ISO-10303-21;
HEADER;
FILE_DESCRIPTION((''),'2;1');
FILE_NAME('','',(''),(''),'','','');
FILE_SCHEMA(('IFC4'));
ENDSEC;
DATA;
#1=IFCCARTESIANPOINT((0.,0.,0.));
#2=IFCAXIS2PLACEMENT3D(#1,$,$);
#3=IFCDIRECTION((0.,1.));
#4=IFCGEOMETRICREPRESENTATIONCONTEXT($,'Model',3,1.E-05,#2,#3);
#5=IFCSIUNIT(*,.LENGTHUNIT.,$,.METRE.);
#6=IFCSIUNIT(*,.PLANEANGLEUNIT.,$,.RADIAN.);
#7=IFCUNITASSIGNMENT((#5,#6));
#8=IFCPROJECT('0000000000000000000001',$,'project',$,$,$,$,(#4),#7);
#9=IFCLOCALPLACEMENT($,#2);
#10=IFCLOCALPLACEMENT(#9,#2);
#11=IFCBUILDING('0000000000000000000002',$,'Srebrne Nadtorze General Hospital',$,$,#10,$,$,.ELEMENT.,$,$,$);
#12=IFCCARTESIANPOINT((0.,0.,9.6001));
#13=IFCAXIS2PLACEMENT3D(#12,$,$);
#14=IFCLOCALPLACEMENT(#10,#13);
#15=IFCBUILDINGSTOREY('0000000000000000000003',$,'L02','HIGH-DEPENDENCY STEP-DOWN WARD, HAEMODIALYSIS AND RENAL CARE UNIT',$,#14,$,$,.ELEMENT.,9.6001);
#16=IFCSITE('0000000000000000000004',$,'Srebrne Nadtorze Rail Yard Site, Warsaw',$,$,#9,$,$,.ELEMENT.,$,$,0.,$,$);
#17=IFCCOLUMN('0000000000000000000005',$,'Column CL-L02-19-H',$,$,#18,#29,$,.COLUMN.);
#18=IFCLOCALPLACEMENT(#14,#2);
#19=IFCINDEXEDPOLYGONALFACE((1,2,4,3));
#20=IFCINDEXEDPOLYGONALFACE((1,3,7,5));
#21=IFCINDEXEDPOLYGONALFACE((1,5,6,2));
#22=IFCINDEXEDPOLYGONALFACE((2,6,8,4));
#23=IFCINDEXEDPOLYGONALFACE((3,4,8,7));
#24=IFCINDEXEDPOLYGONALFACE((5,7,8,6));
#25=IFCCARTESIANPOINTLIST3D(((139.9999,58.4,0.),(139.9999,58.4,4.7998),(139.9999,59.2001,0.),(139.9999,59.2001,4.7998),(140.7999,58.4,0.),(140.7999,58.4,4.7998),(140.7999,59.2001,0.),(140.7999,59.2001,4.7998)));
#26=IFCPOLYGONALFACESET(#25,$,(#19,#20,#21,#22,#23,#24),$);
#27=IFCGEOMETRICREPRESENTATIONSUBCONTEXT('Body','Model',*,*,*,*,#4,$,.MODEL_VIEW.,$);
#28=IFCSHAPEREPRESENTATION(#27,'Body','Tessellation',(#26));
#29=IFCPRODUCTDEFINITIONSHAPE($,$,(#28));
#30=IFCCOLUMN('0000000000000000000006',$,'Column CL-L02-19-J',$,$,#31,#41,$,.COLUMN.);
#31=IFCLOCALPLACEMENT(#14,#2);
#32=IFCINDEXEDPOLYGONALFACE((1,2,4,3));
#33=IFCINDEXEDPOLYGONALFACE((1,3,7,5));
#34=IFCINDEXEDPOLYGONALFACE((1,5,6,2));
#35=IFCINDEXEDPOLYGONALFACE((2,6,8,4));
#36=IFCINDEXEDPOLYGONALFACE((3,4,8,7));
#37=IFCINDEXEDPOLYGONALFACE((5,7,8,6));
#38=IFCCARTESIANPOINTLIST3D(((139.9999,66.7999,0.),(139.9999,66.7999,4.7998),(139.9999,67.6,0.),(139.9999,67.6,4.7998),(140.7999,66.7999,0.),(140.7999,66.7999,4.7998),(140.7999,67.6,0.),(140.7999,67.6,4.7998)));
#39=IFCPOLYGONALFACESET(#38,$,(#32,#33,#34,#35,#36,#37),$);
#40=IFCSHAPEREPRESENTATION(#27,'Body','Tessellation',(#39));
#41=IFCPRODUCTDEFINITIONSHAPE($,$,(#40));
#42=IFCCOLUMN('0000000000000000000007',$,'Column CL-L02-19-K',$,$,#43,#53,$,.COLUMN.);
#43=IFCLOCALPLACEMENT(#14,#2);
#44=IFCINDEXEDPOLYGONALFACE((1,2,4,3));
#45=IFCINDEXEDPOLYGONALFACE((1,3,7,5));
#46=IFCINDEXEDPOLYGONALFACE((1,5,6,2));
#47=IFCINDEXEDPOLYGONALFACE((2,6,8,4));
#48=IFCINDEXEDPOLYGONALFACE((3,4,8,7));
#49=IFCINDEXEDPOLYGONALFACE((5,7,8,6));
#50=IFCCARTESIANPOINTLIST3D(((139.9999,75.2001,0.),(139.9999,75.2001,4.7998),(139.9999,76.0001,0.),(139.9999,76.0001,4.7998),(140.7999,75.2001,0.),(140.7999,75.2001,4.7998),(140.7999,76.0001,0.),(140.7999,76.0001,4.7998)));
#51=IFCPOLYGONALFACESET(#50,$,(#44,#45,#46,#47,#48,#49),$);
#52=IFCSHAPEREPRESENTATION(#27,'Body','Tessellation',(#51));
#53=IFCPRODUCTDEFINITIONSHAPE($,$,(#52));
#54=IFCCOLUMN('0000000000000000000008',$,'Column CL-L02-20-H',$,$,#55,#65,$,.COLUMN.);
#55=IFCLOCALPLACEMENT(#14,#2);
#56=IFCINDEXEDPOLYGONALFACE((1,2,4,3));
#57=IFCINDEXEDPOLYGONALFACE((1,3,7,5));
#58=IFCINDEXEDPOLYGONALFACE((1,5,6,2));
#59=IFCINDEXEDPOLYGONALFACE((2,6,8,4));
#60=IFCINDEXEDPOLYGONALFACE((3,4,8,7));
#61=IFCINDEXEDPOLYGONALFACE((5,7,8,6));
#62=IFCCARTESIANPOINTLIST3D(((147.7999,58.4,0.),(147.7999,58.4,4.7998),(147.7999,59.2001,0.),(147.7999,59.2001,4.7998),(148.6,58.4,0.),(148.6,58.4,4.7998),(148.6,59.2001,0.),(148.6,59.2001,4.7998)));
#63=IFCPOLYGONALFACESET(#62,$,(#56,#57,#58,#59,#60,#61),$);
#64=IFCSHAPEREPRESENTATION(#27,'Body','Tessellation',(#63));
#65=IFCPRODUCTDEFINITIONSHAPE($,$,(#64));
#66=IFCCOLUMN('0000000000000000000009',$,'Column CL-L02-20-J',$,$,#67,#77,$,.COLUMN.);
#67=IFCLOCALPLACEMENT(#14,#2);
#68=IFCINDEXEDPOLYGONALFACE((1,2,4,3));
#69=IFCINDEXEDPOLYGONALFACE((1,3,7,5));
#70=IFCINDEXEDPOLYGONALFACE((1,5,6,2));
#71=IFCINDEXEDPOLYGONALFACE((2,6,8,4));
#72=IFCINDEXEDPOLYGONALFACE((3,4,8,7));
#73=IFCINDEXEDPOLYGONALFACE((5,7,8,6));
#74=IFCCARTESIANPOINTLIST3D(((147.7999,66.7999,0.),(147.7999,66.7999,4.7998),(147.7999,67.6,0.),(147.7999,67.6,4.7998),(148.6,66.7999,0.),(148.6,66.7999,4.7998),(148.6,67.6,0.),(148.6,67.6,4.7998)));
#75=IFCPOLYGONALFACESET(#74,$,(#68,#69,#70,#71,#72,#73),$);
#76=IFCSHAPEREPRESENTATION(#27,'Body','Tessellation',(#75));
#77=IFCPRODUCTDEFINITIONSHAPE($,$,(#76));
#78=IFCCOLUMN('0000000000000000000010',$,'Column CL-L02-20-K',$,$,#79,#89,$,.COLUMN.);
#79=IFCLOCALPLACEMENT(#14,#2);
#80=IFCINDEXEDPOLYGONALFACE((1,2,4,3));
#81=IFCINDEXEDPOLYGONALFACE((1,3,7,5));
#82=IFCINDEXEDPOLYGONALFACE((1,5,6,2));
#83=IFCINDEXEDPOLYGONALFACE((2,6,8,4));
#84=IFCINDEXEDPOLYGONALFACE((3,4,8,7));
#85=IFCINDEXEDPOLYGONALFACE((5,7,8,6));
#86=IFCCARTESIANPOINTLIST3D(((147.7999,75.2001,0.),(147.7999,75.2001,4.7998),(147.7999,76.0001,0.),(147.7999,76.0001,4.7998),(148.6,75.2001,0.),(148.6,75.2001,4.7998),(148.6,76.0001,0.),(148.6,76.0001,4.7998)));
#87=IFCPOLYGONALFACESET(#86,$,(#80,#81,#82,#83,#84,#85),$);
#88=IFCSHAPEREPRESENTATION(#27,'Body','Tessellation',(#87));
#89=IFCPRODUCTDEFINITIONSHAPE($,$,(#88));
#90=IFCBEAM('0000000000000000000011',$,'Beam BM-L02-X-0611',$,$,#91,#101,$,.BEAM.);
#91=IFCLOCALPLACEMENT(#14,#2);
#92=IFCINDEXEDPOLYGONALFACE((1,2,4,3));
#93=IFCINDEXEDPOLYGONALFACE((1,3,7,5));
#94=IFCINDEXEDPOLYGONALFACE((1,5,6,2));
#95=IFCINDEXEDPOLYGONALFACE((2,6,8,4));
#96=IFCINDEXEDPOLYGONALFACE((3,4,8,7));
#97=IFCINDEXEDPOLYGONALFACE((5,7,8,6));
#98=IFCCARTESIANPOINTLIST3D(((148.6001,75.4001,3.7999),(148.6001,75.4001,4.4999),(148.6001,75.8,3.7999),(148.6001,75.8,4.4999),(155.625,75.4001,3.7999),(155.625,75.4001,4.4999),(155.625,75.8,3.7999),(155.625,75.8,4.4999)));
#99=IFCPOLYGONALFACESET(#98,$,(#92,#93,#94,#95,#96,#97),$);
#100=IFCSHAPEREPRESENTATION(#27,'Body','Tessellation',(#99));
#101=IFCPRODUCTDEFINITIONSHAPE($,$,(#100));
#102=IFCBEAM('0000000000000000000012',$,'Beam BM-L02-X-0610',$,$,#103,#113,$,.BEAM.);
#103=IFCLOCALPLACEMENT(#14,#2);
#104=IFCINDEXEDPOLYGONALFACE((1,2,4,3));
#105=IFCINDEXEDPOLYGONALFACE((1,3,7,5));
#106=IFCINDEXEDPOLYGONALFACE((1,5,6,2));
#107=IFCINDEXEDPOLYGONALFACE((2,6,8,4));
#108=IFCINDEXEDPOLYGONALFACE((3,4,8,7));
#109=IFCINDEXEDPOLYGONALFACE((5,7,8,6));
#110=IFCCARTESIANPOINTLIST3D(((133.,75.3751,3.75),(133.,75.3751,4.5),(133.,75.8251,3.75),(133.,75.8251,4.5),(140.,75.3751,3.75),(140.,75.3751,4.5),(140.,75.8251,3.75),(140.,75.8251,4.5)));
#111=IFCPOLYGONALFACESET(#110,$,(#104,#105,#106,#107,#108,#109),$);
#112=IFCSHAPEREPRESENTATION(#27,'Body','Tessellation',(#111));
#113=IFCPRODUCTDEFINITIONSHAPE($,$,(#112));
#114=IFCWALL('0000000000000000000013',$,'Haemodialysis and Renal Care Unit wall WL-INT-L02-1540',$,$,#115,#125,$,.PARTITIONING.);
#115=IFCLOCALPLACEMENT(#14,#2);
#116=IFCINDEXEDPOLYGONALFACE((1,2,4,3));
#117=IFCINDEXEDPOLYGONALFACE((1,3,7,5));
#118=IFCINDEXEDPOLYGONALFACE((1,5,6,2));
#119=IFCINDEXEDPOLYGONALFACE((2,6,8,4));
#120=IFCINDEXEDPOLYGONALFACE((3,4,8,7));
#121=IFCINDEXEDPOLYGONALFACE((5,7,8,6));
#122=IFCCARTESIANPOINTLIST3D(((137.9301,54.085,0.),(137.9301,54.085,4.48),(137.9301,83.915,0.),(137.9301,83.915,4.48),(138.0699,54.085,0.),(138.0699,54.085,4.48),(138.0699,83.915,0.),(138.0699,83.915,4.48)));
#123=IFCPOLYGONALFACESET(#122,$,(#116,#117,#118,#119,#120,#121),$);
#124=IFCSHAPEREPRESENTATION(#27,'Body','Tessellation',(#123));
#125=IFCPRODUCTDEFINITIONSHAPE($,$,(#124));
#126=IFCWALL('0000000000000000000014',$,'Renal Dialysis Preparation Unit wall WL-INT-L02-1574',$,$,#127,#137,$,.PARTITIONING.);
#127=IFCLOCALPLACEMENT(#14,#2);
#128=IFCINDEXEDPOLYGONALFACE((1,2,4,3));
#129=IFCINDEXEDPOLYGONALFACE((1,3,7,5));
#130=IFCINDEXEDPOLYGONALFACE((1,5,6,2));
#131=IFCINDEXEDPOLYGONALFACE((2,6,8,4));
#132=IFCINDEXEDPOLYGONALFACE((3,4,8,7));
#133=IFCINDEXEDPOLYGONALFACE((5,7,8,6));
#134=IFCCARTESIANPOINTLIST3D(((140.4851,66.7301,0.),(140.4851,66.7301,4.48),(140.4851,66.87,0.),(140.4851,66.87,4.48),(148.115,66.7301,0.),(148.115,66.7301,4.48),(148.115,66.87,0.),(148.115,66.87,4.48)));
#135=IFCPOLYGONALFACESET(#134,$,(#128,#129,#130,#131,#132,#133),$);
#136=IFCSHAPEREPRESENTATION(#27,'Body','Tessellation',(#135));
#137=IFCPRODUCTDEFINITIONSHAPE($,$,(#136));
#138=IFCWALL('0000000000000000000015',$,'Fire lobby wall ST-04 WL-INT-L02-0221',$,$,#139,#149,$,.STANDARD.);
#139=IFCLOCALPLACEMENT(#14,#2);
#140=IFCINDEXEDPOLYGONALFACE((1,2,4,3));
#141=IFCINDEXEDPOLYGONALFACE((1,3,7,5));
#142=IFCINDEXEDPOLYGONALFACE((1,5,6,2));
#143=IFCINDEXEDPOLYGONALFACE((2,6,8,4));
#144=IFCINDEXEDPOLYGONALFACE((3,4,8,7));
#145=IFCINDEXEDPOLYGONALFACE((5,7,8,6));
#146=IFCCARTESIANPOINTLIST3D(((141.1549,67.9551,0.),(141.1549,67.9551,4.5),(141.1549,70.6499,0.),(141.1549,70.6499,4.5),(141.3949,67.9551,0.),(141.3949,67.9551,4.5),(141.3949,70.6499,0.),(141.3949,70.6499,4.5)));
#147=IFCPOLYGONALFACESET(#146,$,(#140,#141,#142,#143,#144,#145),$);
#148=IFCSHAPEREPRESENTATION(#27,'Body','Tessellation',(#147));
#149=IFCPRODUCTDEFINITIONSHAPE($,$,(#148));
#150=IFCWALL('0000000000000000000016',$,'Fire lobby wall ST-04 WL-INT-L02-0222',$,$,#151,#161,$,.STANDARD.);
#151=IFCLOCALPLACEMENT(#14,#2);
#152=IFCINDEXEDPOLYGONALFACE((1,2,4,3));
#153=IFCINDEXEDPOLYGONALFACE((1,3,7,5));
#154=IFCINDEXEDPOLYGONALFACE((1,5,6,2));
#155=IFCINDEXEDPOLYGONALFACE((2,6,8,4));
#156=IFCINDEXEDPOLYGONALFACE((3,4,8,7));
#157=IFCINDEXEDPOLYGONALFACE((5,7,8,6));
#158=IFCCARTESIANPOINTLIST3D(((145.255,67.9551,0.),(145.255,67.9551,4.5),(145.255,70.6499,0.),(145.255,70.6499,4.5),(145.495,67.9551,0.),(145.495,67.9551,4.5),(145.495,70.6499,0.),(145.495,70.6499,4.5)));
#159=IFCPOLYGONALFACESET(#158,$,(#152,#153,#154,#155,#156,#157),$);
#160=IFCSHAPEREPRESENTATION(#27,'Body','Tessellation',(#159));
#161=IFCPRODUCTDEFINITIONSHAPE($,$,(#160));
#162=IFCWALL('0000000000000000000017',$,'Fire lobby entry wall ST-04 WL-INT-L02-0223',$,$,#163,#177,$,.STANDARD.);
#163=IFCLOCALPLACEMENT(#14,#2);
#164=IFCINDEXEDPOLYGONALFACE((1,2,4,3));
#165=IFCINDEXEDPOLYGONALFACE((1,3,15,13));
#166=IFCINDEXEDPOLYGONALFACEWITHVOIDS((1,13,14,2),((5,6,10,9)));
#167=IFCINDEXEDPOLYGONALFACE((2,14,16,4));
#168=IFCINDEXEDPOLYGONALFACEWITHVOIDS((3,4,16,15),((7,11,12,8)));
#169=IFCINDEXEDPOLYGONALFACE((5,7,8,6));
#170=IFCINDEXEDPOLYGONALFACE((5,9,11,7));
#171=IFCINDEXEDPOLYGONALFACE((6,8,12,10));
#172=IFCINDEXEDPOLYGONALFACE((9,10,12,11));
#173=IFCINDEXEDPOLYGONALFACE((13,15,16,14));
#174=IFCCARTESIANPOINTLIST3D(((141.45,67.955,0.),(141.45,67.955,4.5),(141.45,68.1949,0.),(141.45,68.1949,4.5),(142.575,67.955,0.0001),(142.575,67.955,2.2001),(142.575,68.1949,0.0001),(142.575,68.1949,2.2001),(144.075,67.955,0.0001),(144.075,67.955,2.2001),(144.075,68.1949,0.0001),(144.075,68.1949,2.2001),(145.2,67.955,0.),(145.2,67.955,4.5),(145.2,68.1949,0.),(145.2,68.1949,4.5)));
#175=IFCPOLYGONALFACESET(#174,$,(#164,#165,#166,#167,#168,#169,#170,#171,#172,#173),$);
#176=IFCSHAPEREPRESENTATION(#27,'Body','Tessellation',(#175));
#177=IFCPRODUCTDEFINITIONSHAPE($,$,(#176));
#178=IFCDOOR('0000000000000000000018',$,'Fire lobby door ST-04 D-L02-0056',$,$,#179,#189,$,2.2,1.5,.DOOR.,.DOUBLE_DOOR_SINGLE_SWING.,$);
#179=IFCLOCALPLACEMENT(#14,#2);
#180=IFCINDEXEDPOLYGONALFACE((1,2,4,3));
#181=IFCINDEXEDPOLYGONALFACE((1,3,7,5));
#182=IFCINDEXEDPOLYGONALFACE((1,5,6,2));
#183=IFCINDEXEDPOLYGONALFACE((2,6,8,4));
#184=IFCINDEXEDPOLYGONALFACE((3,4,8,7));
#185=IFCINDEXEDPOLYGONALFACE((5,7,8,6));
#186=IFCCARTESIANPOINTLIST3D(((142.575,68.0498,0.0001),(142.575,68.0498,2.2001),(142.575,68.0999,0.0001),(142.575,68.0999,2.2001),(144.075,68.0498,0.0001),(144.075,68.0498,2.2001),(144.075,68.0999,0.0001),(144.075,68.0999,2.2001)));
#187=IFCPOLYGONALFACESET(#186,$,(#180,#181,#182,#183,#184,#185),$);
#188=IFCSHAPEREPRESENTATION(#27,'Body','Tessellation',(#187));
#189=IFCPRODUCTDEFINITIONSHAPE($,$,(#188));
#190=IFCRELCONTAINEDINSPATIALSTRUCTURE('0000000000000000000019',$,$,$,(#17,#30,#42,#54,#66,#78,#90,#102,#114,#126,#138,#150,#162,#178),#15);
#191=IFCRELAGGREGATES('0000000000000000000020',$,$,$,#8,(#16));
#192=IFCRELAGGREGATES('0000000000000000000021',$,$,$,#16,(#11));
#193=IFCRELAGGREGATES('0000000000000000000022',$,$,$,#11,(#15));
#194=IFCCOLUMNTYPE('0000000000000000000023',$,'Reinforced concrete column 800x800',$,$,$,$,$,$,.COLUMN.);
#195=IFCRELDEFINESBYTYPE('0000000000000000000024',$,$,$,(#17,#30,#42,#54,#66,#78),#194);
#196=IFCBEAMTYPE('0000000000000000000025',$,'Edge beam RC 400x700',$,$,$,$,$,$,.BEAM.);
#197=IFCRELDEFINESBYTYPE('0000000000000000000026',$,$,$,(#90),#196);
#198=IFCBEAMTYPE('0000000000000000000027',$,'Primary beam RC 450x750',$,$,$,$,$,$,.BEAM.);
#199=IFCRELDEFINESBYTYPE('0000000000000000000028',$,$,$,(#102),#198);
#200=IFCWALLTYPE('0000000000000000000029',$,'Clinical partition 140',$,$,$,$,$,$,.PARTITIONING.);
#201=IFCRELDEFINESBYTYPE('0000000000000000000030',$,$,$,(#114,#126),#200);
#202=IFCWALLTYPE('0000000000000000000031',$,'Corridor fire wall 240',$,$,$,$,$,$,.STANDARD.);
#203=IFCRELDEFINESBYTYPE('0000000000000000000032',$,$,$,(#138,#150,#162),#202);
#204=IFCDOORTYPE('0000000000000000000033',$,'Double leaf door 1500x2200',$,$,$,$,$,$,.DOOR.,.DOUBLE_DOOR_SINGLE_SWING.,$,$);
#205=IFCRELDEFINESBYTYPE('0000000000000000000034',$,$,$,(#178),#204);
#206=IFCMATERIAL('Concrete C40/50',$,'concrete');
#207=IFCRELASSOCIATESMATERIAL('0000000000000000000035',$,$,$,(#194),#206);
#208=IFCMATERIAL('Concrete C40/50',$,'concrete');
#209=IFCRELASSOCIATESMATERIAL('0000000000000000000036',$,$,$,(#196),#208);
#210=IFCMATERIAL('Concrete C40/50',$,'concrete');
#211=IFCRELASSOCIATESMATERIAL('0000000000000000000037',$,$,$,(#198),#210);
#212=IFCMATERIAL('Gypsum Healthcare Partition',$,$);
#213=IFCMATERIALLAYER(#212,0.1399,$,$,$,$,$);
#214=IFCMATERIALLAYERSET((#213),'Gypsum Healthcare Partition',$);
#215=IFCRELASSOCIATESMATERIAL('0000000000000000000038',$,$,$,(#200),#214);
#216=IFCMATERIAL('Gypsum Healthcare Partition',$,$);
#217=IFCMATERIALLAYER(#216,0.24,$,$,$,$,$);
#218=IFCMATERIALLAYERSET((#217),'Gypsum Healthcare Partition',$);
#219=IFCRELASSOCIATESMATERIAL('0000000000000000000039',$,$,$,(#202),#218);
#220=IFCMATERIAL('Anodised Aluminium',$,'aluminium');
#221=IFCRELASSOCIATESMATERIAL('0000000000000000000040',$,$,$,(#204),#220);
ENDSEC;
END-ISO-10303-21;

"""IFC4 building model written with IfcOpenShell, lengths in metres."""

from ifc_helpers import new_model, si_unit, direction, frame, frame_2d, origin, origin_2d, place, context, subcontext, project, spatial, rectangle, extrude, material, layer, layer_set, material_profile, profile_set, type_object, element, fill, save


model = new_model("IFC4")

# Units and contexts
model_context = context("Model", 3, precision=1e-05, world=origin(), true_north=direction((0.0, 1.0)))
body_context = subcontext(model_context, "Body", "Model", "MODEL_VIEW")
ifc_project = project(units=[si_unit("LENGTHUNIT", "METRE"), si_unit("PLANEANGLEUNIT", "RADIAN")], contexts=[model_context])

# Site, building, storey
site_placement = place(None, origin())
site = spatial("IfcSite", under=ifc_project, at=site_placement, Name="Srebrne Nadtorze Rail Yard Site, Warsaw", CompositionType="ELEMENT", RefElevation=0.0)
building_placement = place(site_placement, origin())
building = spatial("IfcBuilding", under=site, at=building_placement, Name="Srebrne Nadtorze General Hospital", CompositionType="ELEMENT")
storey_placement = place(building_placement, frame((0.0, 0.0, 9.6001)))
storey = spatial("IfcBuildingStorey", under=building, at=storey_placement, Name="L02", Description="HIGH-DEPENDENCY STEP-DOWN WARD, HAEMODIALYSIS AND RENAL CARE UNIT", CompositionType="ELEMENT", Elevation=9.6001)

# Columns
ifc_material_1 = material(Name="Concrete C40/50", Category="concrete")
ifc_material_profile_1 = material_profile(ifc_material_1, rectangle(XDim=0.8, YDim=0.8, at=origin_2d()), Name="RC-COL-800x800")
ifc_profile_set_1 = profile_set([ifc_material_profile_1], Name="Concrete C40/50")
column_type = type_object("IfcColumnType", Name="Reinforced concrete column 800x800", PredefinedType="COLUMN", material=ifc_profile_set_1)
for number, where, z_axis, x_axis, name in (
    (1, (140.3999, 58.8, 0.0), (0.0, 0.0, 1.0), (1.0, 0.0, 0.0), "Column CL-L02-19-H"),
    (2, (140.3999, 67.2, 0.0), (0.0, 0.0, 1.0), (1.0, 0.0, 0.0), "Column CL-L02-19-J"),
    (3, (140.3999, 75.6001, 0.0), (0.0, 0.0, 1.0), (1.0, 0.0, 0.0), "Column CL-L02-19-K"),
    (4, (148.2, 58.8, 0.0), (0.0, 0.0, 1.0), (1.0, 0.0, 0.0), "Column CL-L02-20-H"),
    (5, (148.2, 67.2, 0.0), (0.0, 0.0, 1.0), (1.0, 0.0, 0.0), "Column CL-L02-20-J"),
    (6, (148.2, 75.6001, 0.0), (0.0, 0.0, 1.0), (1.0, 0.0, 0.0), "Column CL-L02-20-K"),
):
    element("IfcColumn", number, at=place(storey_placement, frame(where, z_axis=z_axis, x_axis=x_axis)), inside=storey, type_object=column_type, Name=name, PredefinedType="COLUMN", context=body_context, shape_type="SweptSolid", body=[
        extrude(rectangle(XDim=0.8, YDim=0.8, at=origin_2d()), origin(), (0.0, 0.0, 1.0), 4.7998),
    ])

# Beams
ifc_material_2 = material(Name="Concrete C40/50", Category="concrete")
ifc_material_profile_2 = material_profile(ifc_material_2, rectangle(XDim=0.3999, YDim=0.7, at=origin_2d()), Name="RC-BM-400x700")
ifc_profile_set_2 = profile_set([ifc_material_profile_2], Name="Concrete C40/50")
beam_type_1 = type_object("IfcBeamType", Name="Edge beam RC 400x700", PredefinedType="BEAM", material=ifc_profile_set_2)
beam_1_placement = place(storey_placement, frame((148.6001, 75.6001, 4.1499), z_axis=(1.0, 0.0, 0.0), x_axis=(0.0, 1.0, 0.0)))
element("IfcBeam", 7, at=beam_1_placement, inside=storey, type_object=beam_type_1, Name="Beam BM-L02-X-0611", PredefinedType="BEAM", context=body_context, shape_type="SweptSolid", body=[
    extrude(rectangle(XDim=0.3999, YDim=0.7, at=origin_2d()), origin(), (0.0, 0.0, 1.0), 7.0249),
])
ifc_material_3 = material(Name="Concrete C40/50", Category="concrete")
ifc_material_profile_3 = material_profile(ifc_material_3, rectangle(XDim=0.45, YDim=0.75, at=origin_2d()), Name="RC-BM-450x750")
ifc_profile_set_3 = profile_set([ifc_material_profile_3], Name="Concrete C40/50")
beam_type_2 = type_object("IfcBeamType", Name="Primary beam RC 450x750", PredefinedType="BEAM", material=ifc_profile_set_3)
beam_2_placement = place(storey_placement, frame((133.0, 75.6001, 4.125), z_axis=(1.0, 0.0, 0.0), x_axis=(0.0, 1.0, 0.0)))
element("IfcBeam", 8, at=beam_2_placement, inside=storey, type_object=beam_type_2, Name="Beam BM-L02-X-0610", PredefinedType="BEAM", context=body_context, shape_type="SweptSolid", body=[
    extrude(rectangle(XDim=0.45, YDim=0.75, at=origin_2d()), origin(), (0.0, 0.0, 1.0), 7.0),
])

# Walls
ifc_material_4 = material(Name="Gypsum Healthcare Partition")
ifc_layer_1 = layer(ifc_material_4, 0.1399)
ifc_layer_set_1 = layer_set([ifc_layer_1], Name="Gypsum Healthcare Partition")
wall_type_1 = type_object("IfcWallType", Name="Clinical partition 140", PredefinedType="PARTITIONING", material=ifc_layer_set_1)
wall_1_placement = place(storey_placement, frame((138.0, 54.085, 0.0), z_axis=(0.0, 0.0, 1.0), x_axis=(0.0, 1.0, 0.0)))
element("IfcWall", 9, at=wall_1_placement, inside=storey, type_object=wall_type_1, Name="Haemodialysis and Renal Care Unit wall WL-INT-L02-1540", PredefinedType="PARTITIONING", context=body_context, shape_type="SweptSolid", body=[
    extrude(rectangle(XDim=29.8301, YDim=0.1399, at=frame_2d((14.915, 0.0))), origin(), (0.0, 0.0, 1.0), 4.48),
])
wall_2_placement = place(storey_placement, frame((140.4851, 66.8, 0.0), z_axis=(0.0, 0.0, 1.0), x_axis=(1.0, 0.0, 0.0)))
element("IfcWall", 10, at=wall_2_placement, inside=storey, type_object=wall_type_1, Name="Renal Dialysis Preparation Unit wall WL-INT-L02-1574", PredefinedType="PARTITIONING", context=body_context, shape_type="SweptSolid", body=[
    extrude(rectangle(XDim=7.6299, YDim=0.1399, at=frame_2d((3.8149, 0.0))), origin(), (0.0, 0.0, 1.0), 4.48),
])
ifc_material_5 = material(Name="Gypsum Healthcare Partition")
ifc_layer_2 = layer(ifc_material_5, 0.24)
ifc_layer_set_2 = layer_set([ifc_layer_2], Name="Gypsum Healthcare Partition")
wall_type_2 = type_object("IfcWallType", Name="Corridor fire wall 240", PredefinedType="STANDARD", material=ifc_layer_set_2)
for number, where, z_axis, x_axis, name in (
    (11, (141.2749, 67.9551, 0.0), (0.0, 0.0, 1.0), (0.0, 1.0, 0.0), "Fire lobby wall ST-04 WL-INT-L02-0221"),
    (12, (145.375, 67.9551, 0.0), (0.0, 0.0, 1.0), (0.0, 1.0, 0.0), "Fire lobby wall ST-04 WL-INT-L02-0222"),
):
    element("IfcWall", number, at=place(storey_placement, frame(where, z_axis=z_axis, x_axis=x_axis)), inside=storey, type_object=wall_type_2, Name=name, PredefinedType="STANDARD", context=body_context, shape_type="SweptSolid", body=[
        extrude(rectangle(XDim=2.6948, YDim=0.24, at=frame_2d((1.3474, 0.0))), origin(), (0.0, 0.0, 1.0), 4.5),
    ])

# Wall, opening, door
wall_3_placement = place(storey_placement, frame((141.45, 68.075, 0.0), z_axis=(0.0, 0.0, 1.0), x_axis=(1.0, 0.0, 0.0)))
wall_3 = element("IfcWall", 13, at=wall_3_placement, inside=storey, type_object=wall_type_2, Name="Fire lobby entry wall ST-04 WL-INT-L02-0223", PredefinedType="STANDARD", context=body_context, shape_type="SweptSolid", body=[
    extrude(rectangle(XDim=3.75, YDim=0.24, at=frame_2d((1.875, 0.0))), origin(), (0.0, 0.0, 1.0), 4.5),
])
opening_1_placement = place(wall_3_placement, frame((1.125, 0.0, 0.0)))
opening_1 = element("IfcOpeningElement", 14, at=opening_1_placement, cuts=wall_3, PredefinedType="OPENING", context=body_context, shape_type="SweptSolid", body=[
    extrude(rectangle(XDim=1.5, YDim=2.2, at=frame_2d((0.75, 1.1001))), frame((0.0, 0.1318, 0.0), z_axis=(0.0, -1.0, 0.0), x_axis=(1.0, 0.0, 0.0)), (0.0, 0.0, 1.0), 0.2639),
])
ifc_material_6 = material(Name="Anodised Aluminium", Category="aluminium")
door_type = type_object("IfcDoorType", Name="Double leaf door 1500x2200", OperationType="DOUBLE_DOOR_SINGLE_SWING", PredefinedType="DOOR", material=ifc_material_6)
door_1_placement = place(opening_1_placement, origin())
door_1 = element("IfcDoor", 15, at=door_1_placement, inside=storey, type_object=door_type, Name="Fire lobby door ST-04 D-L02-0056", OperationType="DOUBLE_DOOR_SINGLE_SWING", OverallHeight=2.2, OverallWidth=1.5, PredefinedType="DOOR", context=body_context, shape_type="SweptSolid", body=[
    extrude(rectangle(XDim=1.5, YDim=2.2, at=frame_2d((0.75, 1.1001))), frame((0.0, 0.0249, 0.0), z_axis=(0.0, -1.0, 0.0), x_axis=(1.0, 0.0, 0.0)), (0.0, 0.0, 1.0), 0.05),
])
fill(opening_1, door_1)

save(model, "model.ifc")
